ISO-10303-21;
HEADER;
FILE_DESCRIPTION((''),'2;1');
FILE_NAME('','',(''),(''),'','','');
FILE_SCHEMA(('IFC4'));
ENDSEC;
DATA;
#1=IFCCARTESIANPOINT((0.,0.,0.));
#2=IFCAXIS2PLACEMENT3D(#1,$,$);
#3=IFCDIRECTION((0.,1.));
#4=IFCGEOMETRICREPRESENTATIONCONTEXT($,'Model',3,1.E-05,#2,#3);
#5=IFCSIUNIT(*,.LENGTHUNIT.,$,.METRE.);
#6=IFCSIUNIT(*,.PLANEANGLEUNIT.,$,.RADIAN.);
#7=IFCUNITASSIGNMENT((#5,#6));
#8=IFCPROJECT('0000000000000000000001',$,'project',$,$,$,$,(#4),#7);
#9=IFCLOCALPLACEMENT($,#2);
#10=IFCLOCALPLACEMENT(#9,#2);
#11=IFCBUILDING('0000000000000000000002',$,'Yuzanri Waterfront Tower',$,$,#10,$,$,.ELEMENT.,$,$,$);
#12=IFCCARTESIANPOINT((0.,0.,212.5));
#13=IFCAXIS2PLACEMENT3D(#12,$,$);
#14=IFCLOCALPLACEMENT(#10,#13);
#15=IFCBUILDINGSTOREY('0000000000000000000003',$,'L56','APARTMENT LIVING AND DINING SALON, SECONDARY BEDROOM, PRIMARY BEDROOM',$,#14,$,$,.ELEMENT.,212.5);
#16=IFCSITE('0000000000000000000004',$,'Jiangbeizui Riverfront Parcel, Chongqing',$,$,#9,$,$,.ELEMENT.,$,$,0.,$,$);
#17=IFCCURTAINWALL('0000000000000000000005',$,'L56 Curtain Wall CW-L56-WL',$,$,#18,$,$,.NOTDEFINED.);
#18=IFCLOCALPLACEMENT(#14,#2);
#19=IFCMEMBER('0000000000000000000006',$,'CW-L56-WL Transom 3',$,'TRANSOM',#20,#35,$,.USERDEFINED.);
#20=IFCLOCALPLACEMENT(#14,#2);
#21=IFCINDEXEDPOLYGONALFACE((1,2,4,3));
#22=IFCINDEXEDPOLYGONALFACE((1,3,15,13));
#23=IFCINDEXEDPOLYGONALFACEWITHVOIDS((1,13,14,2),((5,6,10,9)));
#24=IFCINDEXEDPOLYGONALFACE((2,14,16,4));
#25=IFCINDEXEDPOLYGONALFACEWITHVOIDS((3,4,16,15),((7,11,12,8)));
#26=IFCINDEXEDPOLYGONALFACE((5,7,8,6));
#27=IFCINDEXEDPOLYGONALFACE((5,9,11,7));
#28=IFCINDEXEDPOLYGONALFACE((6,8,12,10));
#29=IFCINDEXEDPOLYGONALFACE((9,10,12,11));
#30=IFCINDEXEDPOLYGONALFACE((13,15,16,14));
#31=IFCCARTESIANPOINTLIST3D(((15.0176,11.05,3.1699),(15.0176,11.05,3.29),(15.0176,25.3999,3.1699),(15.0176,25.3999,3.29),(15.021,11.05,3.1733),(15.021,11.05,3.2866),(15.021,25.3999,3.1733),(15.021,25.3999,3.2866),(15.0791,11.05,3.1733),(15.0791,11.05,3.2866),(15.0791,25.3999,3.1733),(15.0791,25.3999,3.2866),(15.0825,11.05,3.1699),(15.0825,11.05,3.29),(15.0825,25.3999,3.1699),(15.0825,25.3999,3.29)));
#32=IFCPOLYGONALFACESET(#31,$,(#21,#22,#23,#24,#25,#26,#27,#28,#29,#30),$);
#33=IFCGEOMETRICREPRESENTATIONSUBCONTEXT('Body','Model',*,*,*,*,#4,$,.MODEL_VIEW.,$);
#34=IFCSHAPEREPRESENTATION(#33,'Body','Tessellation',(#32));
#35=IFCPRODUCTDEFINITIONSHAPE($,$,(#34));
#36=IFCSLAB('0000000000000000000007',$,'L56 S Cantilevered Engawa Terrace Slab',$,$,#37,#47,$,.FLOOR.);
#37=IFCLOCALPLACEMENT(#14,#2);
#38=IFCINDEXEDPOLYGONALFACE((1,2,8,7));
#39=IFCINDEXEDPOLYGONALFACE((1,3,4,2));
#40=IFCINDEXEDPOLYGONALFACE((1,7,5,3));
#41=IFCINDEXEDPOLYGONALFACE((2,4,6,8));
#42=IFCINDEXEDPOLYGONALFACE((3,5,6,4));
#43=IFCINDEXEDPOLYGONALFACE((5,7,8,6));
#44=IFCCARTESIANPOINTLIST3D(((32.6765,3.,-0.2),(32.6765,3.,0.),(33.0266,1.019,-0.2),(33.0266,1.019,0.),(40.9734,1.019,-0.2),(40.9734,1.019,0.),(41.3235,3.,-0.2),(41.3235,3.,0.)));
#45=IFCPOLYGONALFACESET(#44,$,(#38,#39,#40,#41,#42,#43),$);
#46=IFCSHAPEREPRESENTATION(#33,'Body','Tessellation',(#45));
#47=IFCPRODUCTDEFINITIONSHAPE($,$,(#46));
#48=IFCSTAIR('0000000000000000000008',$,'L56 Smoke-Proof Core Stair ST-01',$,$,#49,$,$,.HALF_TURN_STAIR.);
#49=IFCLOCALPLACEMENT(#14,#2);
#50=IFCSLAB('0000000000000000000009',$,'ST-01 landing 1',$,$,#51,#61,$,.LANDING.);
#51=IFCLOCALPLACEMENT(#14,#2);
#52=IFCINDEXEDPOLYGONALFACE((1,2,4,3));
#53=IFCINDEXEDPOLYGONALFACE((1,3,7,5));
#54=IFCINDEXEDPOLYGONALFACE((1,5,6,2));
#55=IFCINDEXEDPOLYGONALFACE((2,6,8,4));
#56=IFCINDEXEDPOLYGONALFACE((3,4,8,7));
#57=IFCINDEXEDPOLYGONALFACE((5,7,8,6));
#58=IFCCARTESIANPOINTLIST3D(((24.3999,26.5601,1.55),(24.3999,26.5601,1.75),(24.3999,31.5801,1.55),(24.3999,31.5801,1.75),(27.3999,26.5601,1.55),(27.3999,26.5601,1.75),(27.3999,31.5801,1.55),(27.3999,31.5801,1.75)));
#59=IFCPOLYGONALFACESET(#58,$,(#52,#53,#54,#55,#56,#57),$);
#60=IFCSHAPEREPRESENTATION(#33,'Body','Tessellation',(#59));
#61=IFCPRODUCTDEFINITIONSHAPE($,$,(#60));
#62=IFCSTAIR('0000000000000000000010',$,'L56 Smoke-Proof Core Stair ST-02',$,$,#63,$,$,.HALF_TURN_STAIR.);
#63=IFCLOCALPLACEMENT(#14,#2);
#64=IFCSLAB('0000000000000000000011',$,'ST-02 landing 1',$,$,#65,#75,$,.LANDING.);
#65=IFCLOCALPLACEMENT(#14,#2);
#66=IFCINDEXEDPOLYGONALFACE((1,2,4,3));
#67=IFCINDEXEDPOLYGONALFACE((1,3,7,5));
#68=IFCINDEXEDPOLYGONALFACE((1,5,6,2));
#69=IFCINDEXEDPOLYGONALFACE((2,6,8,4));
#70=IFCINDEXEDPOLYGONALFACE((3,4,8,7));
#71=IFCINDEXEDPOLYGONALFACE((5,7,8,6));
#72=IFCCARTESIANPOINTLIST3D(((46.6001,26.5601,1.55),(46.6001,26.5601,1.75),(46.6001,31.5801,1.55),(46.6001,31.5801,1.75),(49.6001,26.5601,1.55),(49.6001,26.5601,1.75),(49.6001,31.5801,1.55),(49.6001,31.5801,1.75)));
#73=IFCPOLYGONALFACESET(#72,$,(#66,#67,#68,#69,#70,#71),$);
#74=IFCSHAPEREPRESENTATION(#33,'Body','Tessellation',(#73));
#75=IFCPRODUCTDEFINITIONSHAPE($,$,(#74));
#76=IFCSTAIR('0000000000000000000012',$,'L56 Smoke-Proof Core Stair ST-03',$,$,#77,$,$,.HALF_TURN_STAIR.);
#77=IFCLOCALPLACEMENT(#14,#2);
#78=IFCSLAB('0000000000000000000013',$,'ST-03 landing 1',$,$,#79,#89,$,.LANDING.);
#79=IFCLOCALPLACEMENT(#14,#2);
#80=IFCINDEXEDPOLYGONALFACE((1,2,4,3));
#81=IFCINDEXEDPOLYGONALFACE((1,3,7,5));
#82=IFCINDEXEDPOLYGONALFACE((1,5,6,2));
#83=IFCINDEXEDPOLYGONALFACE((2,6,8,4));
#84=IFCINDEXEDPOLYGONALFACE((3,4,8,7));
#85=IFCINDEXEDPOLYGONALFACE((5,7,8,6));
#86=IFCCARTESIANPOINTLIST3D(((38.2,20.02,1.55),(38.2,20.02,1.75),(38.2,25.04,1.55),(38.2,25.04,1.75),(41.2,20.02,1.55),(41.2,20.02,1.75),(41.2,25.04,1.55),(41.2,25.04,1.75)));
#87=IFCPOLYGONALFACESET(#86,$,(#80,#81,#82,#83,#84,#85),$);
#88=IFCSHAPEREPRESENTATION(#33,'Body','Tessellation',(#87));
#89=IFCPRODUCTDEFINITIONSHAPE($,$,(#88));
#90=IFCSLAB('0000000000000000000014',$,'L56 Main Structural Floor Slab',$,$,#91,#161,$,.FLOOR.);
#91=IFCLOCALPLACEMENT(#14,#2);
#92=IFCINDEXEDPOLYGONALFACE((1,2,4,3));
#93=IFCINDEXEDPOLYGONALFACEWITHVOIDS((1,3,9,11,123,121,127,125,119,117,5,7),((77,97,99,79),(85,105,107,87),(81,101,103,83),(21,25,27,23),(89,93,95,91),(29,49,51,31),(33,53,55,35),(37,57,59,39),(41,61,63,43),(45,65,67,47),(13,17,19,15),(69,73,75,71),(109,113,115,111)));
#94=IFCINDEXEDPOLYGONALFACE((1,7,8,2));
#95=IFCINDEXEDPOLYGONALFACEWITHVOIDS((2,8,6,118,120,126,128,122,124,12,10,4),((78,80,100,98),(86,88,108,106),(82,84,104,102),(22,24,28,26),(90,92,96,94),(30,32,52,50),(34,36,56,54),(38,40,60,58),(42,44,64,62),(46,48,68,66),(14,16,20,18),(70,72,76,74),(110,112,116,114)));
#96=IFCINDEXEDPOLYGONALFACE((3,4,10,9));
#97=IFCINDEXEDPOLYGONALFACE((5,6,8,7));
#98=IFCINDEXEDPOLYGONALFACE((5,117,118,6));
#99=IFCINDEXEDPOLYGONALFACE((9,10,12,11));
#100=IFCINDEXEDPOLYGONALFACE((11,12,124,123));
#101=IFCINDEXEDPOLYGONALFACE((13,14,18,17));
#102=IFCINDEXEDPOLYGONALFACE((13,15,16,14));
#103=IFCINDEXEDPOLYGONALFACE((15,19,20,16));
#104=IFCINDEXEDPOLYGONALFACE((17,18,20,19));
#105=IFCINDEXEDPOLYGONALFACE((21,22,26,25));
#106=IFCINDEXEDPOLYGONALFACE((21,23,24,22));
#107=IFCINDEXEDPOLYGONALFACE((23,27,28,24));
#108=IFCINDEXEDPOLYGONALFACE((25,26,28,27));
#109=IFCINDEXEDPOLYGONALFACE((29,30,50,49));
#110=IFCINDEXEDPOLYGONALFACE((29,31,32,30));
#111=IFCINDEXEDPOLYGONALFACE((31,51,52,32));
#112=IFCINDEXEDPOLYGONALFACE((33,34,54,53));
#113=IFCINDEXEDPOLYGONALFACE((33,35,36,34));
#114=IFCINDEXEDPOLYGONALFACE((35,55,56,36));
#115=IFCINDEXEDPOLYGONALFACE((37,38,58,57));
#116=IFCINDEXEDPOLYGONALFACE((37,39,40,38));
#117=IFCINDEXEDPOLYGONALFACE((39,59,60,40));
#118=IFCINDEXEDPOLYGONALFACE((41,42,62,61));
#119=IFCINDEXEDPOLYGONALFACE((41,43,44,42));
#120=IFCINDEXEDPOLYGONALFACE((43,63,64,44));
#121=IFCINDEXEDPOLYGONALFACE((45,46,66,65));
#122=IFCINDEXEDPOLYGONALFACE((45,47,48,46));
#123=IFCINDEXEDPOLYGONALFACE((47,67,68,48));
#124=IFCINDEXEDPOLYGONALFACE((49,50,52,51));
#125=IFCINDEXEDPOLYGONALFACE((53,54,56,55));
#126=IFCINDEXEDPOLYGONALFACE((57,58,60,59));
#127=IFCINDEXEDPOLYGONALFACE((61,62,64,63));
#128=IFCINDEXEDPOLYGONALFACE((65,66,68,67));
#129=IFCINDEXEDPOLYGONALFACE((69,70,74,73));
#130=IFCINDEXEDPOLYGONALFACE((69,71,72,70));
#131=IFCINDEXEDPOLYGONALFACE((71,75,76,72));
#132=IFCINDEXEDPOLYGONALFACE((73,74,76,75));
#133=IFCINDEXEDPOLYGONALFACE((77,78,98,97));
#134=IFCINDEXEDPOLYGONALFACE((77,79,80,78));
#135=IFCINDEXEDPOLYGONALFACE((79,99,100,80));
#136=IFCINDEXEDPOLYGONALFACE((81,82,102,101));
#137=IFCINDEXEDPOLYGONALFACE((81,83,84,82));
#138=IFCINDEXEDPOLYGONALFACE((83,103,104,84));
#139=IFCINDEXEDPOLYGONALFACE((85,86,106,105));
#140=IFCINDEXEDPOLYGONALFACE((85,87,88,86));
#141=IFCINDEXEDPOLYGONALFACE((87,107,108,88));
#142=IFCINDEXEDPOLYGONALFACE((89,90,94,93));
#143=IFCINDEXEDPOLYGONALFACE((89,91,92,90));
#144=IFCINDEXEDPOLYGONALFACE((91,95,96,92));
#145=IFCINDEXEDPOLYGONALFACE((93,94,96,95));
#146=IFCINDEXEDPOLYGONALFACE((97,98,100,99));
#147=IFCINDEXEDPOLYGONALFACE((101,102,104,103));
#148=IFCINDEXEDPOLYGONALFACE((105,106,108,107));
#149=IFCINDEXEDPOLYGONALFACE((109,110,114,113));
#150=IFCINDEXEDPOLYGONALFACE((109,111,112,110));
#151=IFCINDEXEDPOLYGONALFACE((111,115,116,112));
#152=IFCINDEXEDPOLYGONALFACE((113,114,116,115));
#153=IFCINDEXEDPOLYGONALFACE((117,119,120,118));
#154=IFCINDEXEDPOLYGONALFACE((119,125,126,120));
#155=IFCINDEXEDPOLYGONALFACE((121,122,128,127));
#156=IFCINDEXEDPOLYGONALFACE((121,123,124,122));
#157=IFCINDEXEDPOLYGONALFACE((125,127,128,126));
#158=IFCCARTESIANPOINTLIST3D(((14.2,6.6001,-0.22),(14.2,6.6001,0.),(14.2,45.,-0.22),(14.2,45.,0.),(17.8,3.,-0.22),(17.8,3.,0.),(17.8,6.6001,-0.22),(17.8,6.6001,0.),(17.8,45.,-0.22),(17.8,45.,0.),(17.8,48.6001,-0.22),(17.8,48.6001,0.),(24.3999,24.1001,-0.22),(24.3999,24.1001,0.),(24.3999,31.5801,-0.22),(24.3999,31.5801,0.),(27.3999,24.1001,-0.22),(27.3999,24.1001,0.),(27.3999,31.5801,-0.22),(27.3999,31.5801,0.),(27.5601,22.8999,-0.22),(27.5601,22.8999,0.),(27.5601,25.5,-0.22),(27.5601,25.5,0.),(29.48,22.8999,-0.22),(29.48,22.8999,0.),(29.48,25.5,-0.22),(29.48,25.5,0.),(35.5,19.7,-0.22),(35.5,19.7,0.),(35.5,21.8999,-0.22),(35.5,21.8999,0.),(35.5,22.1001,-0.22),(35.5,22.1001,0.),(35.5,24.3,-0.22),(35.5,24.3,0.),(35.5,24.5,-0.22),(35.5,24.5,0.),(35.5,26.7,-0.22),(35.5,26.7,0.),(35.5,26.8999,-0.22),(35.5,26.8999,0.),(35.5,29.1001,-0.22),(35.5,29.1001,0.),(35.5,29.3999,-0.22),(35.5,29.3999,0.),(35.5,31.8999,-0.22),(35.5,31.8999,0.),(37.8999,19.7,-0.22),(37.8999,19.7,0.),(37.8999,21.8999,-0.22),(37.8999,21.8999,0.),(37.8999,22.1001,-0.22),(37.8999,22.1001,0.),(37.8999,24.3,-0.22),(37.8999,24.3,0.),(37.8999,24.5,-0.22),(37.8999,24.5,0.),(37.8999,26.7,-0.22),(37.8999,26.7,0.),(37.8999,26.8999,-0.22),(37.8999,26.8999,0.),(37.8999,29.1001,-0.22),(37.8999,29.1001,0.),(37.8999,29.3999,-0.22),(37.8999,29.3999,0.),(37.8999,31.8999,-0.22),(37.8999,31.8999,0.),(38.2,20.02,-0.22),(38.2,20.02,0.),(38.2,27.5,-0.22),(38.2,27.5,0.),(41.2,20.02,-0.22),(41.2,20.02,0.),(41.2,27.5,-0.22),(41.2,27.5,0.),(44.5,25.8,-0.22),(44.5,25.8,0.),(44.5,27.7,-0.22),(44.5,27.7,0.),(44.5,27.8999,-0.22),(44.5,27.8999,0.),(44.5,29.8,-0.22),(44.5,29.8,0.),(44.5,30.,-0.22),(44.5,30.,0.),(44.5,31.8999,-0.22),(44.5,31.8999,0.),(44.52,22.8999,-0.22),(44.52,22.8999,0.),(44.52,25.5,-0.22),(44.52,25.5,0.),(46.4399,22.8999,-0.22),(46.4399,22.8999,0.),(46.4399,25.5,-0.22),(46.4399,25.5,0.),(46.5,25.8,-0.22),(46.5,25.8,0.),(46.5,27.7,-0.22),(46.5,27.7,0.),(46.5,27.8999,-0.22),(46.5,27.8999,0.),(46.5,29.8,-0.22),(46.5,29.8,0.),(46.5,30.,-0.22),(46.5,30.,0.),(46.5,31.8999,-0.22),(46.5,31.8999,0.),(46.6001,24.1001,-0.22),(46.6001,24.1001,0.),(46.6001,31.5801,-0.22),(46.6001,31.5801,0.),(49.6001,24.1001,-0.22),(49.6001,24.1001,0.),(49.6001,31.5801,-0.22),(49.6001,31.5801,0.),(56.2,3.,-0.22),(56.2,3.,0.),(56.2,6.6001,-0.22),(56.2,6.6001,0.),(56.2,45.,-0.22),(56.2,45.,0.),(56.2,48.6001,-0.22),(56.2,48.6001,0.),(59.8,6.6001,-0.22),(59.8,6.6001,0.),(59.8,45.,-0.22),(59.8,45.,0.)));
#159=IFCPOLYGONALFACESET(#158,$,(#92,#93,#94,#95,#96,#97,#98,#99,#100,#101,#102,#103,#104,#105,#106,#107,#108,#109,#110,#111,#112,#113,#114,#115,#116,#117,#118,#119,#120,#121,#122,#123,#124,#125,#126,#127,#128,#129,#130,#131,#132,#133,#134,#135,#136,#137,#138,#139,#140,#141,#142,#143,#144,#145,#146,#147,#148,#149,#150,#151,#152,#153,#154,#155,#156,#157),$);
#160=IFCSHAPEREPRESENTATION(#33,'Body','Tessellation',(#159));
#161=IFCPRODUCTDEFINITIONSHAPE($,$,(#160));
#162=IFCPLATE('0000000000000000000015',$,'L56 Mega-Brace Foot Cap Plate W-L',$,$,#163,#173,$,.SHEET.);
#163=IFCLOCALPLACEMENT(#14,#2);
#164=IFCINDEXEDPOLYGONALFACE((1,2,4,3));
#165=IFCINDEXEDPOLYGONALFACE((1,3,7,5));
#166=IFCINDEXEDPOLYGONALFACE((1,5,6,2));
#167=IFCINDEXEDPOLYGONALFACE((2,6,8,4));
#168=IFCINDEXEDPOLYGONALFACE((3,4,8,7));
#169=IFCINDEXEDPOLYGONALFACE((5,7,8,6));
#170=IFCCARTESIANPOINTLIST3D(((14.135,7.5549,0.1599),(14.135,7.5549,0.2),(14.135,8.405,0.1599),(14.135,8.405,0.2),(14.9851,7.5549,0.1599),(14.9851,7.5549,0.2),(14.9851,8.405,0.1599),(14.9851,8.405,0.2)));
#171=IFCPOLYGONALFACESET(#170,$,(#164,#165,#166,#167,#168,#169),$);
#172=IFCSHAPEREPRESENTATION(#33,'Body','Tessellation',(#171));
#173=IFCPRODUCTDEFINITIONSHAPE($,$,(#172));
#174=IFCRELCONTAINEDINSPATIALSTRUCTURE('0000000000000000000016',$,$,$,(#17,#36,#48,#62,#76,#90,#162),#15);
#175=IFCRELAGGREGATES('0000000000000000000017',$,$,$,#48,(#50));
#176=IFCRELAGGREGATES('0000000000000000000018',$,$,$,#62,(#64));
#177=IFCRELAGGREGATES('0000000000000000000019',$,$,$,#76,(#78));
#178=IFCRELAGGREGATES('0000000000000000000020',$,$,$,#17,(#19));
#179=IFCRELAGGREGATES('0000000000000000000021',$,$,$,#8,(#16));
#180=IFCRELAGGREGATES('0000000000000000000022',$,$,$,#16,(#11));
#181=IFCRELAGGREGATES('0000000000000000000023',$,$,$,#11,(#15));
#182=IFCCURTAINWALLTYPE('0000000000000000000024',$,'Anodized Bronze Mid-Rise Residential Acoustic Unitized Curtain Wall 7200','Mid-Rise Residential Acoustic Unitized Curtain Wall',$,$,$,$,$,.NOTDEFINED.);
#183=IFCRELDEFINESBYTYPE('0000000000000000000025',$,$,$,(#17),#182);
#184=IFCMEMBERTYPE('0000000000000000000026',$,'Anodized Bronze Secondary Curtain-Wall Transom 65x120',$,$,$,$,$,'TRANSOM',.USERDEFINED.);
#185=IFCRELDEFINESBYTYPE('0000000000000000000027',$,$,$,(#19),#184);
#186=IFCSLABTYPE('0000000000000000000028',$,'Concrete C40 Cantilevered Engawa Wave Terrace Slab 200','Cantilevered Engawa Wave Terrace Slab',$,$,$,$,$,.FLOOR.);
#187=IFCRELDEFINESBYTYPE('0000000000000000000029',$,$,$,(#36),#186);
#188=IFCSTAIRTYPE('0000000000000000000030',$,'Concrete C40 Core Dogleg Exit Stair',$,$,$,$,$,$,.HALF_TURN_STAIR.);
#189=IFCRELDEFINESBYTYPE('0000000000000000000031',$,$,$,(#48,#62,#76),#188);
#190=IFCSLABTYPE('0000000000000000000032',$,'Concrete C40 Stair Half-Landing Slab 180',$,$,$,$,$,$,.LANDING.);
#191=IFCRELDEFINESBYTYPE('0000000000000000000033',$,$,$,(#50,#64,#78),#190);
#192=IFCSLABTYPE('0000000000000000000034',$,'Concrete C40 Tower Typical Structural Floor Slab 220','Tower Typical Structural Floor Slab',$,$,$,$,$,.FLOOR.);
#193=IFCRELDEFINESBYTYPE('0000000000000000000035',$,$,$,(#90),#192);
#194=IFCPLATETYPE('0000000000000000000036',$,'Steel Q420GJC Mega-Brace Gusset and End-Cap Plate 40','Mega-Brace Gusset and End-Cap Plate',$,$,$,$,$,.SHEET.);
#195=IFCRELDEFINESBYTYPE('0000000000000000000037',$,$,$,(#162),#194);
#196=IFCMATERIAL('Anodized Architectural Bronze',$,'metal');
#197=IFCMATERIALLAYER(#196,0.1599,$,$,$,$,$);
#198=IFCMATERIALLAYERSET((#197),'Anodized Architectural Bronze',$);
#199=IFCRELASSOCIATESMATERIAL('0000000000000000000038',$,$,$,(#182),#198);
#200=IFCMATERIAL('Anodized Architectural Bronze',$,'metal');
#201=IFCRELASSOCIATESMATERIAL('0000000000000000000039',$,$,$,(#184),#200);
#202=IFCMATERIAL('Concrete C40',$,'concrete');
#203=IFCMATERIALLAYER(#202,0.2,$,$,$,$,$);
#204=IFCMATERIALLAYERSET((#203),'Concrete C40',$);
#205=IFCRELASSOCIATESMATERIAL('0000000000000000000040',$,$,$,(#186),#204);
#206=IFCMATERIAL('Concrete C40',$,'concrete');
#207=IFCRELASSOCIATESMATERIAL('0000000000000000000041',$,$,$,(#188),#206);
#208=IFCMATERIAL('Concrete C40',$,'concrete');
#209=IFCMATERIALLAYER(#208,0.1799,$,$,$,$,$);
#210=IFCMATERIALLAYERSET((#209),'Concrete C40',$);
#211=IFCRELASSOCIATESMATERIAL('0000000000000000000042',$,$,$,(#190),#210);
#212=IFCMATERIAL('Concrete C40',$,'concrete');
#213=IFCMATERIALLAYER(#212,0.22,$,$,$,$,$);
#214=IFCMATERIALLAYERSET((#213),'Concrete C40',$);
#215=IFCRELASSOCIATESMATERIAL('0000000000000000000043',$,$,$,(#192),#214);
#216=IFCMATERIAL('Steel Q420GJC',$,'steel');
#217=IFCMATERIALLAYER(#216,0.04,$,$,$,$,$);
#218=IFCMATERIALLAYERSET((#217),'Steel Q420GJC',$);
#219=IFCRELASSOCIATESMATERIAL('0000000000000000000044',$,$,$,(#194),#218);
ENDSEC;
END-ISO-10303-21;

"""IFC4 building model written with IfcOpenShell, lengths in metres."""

from ifc_helpers import new_model, si_unit, direction, frame, origin, origin_2d, place, context, subcontext, project, spatial, polyline, rectangle, hollow_rectangle, outline, extrude, source, transform, mapped, material, layer, layer_set, material_profile, profile_set, type_object, element, aggregate, save


model = new_model("IFC4")

# Units and contexts
model_context = context("Model", 3, precision=1e-05, world=origin(), true_north=direction((0.0, 1.0)))
body_context = subcontext(model_context, "Body", "Model", "MODEL_VIEW")
ifc_project = project(units=[si_unit("LENGTHUNIT", "METRE"), si_unit("PLANEANGLEUNIT", "RADIAN")], contexts=[model_context])

# Site, building, storey
site_placement = place(None, origin())
site = spatial("IfcSite", under=ifc_project, at=site_placement, Name="Jiangbeizui Riverfront Parcel, Chongqing", CompositionType="ELEMENT", RefElevation=0.0)
building_placement = place(site_placement, origin())
building = spatial("IfcBuilding", under=site, at=building_placement, Name="Yuzanri Waterfront Tower", CompositionType="ELEMENT")
storey_placement = place(building_placement, frame((0.0, 0.0, 212.5)))
storey = spatial("IfcBuildingStorey", under=building, at=storey_placement, Name="L56", Description="APARTMENT LIVING AND DINING SALON, SECONDARY BEDROOM, PRIMARY BEDROOM", CompositionType="ELEMENT", Elevation=212.5)

# Curtain wall, member
ifc_material_1 = material(Name="Anodized Architectural Bronze", Category="metal")
ifc_layer_1 = layer(ifc_material_1, 0.1599)
ifc_layer_set_1 = layer_set([ifc_layer_1], Name="Anodized Architectural Bronze")
curtain_wall_type = type_object("IfcCurtainWallType", Name="Anodized Bronze Mid-Rise Residential Acoustic Unitized Curtain Wall 7200", Description="Mid-Rise Residential Acoustic Unitized Curtain Wall", PredefinedType="NOTDEFINED", material=ifc_layer_set_1)
curtain_wall_placement = place(storey_placement, origin())
curtain_wall = element("IfcCurtainWall", 1, at=curtain_wall_placement, inside=storey, type_object=curtain_wall_type, Name="L56 Curtain Wall CW-L56-WL", PredefinedType="NOTDEFINED")
ifc_material_2 = material(Name="Anodized Architectural Bronze", Category="metal")
ifc_material_profile_1 = material_profile(ifc_material_2, hollow_rectangle(XDim=0.0649, YDim=0.1201, WallThickness=0.0034, at=origin_2d()), Name="CWT 65x120")
ifc_profile_set_1 = profile_set([ifc_material_profile_1], Name="Anodized Architectural Bronze")
member_type_1 = type_object("IfcMemberType", Name="Anodized Bronze Secondary Curtain-Wall Transom 65x120", ElementType="TRANSOM", PredefinedType="USERDEFINED", material=ifc_profile_set_1)
shared_shape_1 = source(origin(), body_context, "Body", "SweptSolid", [
    extrude(hollow_rectangle(XDim=0.0649, YDim=0.1201, WallThickness=0.0034, at=origin_2d()), origin(), (0.0, 0.0, 1.0), 14.3499),
])
member_1_placement = place(storey_placement, frame((15.05, 11.05, 3.23), z_axis=(0.0, 1.0, 0.0), x_axis=(-1.0, 0.0, 0.0)))
member_1 = element("IfcMember", 2, at=member_1_placement, type_object=member_type_1, Name="CW-L56-WL Transom 3", ObjectType="TRANSOM", PredefinedType="USERDEFINED", context=body_context, shape_type="MappedRepresentation", body=[
    mapped(shared_shape_1, transform((0.0, 0.0, 0.0), scale=1.0)),
])

# Slab
ifc_material_3 = material(Name="Concrete C40", Category="concrete")
ifc_layer_2 = layer(ifc_material_3, 0.2)
ifc_layer_set_2 = layer_set([ifc_layer_2], Name="Concrete C40")
slab_type_1 = type_object("IfcSlabType", Name="Concrete C40 Cantilevered Engawa Wave Terrace Slab 200", Description="Cantilevered Engawa Wave Terrace Slab", PredefinedType="FLOOR", material=ifc_layer_set_2)
slab_1_placement = place(storey_placement, frame((0.0, 0.0, -0.2)))
element("IfcSlab", 3, at=slab_1_placement, inside=storey, type_object=slab_type_1, Name="L56 S Cantilevered Engawa Terrace Slab", PredefinedType="FLOOR", context=body_context, shape_type="SweptSolid", body=[
    extrude(outline(polyline([(32.6765, 3.0), (41.3235, 3.0), (40.9734, 1.019), (33.0266, 1.019), (32.6765, 3.0)])), origin(), (0.0, 0.0, 1.0), 0.2),
])

# Stairs, slabs
ifc_material_4 = material(Name="Concrete C40", Category="concrete")
stair_type = type_object("IfcStairType", Name="Concrete C40 Core Dogleg Exit Stair", PredefinedType="HALF_TURN_STAIR", material=ifc_material_4)
stair_1_placement = place(storey_placement, origin())
stair_1 = element("IfcStair", 4, at=stair_1_placement, inside=storey, type_object=stair_type, Name="L56 Smoke-Proof Core Stair ST-01", PredefinedType="HALF_TURN_STAIR")
ifc_material_5 = material(Name="Concrete C40", Category="concrete")
ifc_layer_3 = layer(ifc_material_5, 0.1799)
ifc_layer_set_3 = layer_set([ifc_layer_3], Name="Concrete C40")
slab_type_2 = type_object("IfcSlabType", Name="Concrete C40 Stair Half-Landing Slab 180", PredefinedType="LANDING", material=ifc_layer_set_3)
slab_2_placement = place(storey_placement, frame((0.0, 0.0, 1.55)))
slab_2 = element("IfcSlab", 5, at=slab_2_placement, type_object=slab_type_2, Name="ST-01 landing 1", PredefinedType="LANDING", context=body_context, shape_type="SweptSolid", body=[
    extrude(outline(polyline([(27.3999, 26.5601), (27.3999, 31.5801), (24.3999, 31.5801), (24.3999, 26.5601), (27.3999, 26.5601)])), origin(), (0.0, 0.0, 1.0), 0.2),
])
aggregate(stair_1, [slab_2])
stair_2_placement = place(storey_placement, origin())
stair_2 = element("IfcStair", 6, at=stair_2_placement, inside=storey, type_object=stair_type, Name="L56 Smoke-Proof Core Stair ST-02", PredefinedType="HALF_TURN_STAIR")
slab_3_placement = place(storey_placement, frame((0.0, 0.0, 1.55)))
slab_3 = element("IfcSlab", 7, at=slab_3_placement, type_object=slab_type_2, Name="ST-02 landing 1", PredefinedType="LANDING", context=body_context, shape_type="SweptSolid", body=[
    extrude(outline(polyline([(49.6001, 26.5601), (49.6001, 31.5801), (46.6001, 31.5801), (46.6001, 26.5601), (49.6001, 26.5601)])), origin(), (0.0, 0.0, 1.0), 0.2),
])
aggregate(stair_2, [slab_3])
stair_3_placement = place(storey_placement, origin())
stair_3 = element("IfcStair", 8, at=stair_3_placement, inside=storey, type_object=stair_type, Name="L56 Smoke-Proof Core Stair ST-03", PredefinedType="HALF_TURN_STAIR")
slab_4_placement = place(storey_placement, frame((0.0, 0.0, 1.55)))
slab_4 = element("IfcSlab", 9, at=slab_4_placement, type_object=slab_type_2, Name="ST-03 landing 1", PredefinedType="LANDING", context=body_context, shape_type="SweptSolid", body=[
    extrude(outline(polyline([(38.2, 25.04), (38.2, 20.02), (41.2, 20.02), (41.2, 25.04), (38.2, 25.04)])), origin(), (0.0, 0.0, 1.0), 0.2),
])
aggregate(stair_3, [slab_4])

# Slab
ifc_material_6 = material(Name="Concrete C40", Category="concrete")
ifc_layer_4 = layer(ifc_material_6, 0.22)
ifc_layer_set_4 = layer_set([ifc_layer_4], Name="Concrete C40")
slab_type_3 = type_object("IfcSlabType", Name="Concrete C40 Tower Typical Structural Floor Slab 220", Description="Tower Typical Structural Floor Slab", PredefinedType="FLOOR", material=ifc_layer_set_4)
slab_5_placement = place(storey_placement, frame((0.0, 0.0, -0.22)))
element("IfcSlab", 10, at=slab_5_placement, inside=storey, type_object=slab_type_3, Name="L56 Main Structural Floor Slab", PredefinedType="FLOOR", context=body_context, shape_type="SweptSolid", body=[
    extrude(outline(polyline([(17.8, 3.0), (56.2, 3.0), (56.2, 6.6001), (59.8, 6.6001), (59.8, 45.0), (56.2, 45.0), (56.2, 48.6001), (17.8, 48.6001), (17.8, 45.0), (14.2, 45.0), (14.2, 6.6001), (17.8, 6.6001), (17.8, 3.0)]), holes=[polyline([(27.3999, 24.1001), (27.3999, 31.5801), (24.3999, 31.5801), (24.3999, 24.1001), (27.3999, 24.1001)]), polyline([(49.6001, 24.1001), (49.6001, 31.5801), (46.6001, 31.5801), (46.6001, 24.1001), (49.6001, 24.1001)]), polyline([(38.2, 27.5), (38.2, 20.02), (41.2, 20.02), (41.2, 27.5), (38.2, 27.5)]), polyline([(27.5601, 22.8999), (29.48, 22.8999), (29.48, 25.5), (27.5601, 25.5), (27.5601, 22.8999)]), polyline([(44.52, 22.8999), (46.4399, 22.8999), (46.4399, 25.5), (44.52, 25.5), (44.52, 22.8999)]), polyline([(35.5, 19.7), (37.8999, 19.7), (37.8999, 21.8999), (35.5, 21.8999), (35.5, 19.7)]), polyline([(35.5, 22.1001), (37.8999, 22.1001), (37.8999, 24.3), (35.5, 24.3), (35.5, 22.1001)]), polyline([(35.5, 24.5), (37.8999, 24.5), (37.8999, 26.7), (35.5, 26.7), (35.5, 24.5)]), polyline([(35.5, 26.8999), (37.8999, 26.8999), (37.8999, 29.1001), (35.5, 29.1001), (35.5, 26.8999)]), polyline([(35.5, 29.3999), (37.8999, 29.3999), (37.8999, 31.8999), (35.5, 31.8999), (35.5, 29.3999)]), polyline([(44.5, 25.8), (46.5, 25.8), (46.5, 27.7), (44.5, 27.7), (44.5, 25.8)]), polyline([(44.5, 27.8999), (46.5, 27.8999), (46.5, 29.8), (44.5, 29.8), (44.5, 27.8999)]), polyline([(44.5, 30.0), (46.5, 30.0), (46.5, 31.8999), (44.5, 31.8999), (44.5, 30.0)])]), origin(), (0.0, 0.0, 1.0), 0.22),
])

# Plate
ifc_material_7 = material(Name="Steel Q420GJC", Category="steel")
ifc_layer_5 = layer(ifc_material_7, 0.04)
ifc_layer_set_5 = layer_set([ifc_layer_5], Name="Steel Q420GJC")
plate_type_1 = type_object("IfcPlateType", Name="Steel Q420GJC Mega-Brace Gusset and End-Cap Plate 40", Description="Mega-Brace Gusset and End-Cap Plate", PredefinedType="SHEET", material=ifc_layer_set_5)
shared_shape_2 = source(origin(), body_context, "Body", "SweptSolid", [
    extrude(rectangle(XDim=0.8501, YDim=0.8501, at=origin_2d()), origin(), (0.0, 0.0, 1.0), 0.04),
])
plate_1_placement = place(storey_placement, frame((14.5601, 7.98, 0.1599), z_axis=(0.0, 0.0, 1.0), x_axis=(1.0, 0.0, 0.0)))
element("IfcPlate", 11, at=plate_1_placement, inside=storey, type_object=plate_type_1, Name="L56 Mega-Brace Foot Cap Plate W-L", PredefinedType="SHEET", context=body_context, shape_type="MappedRepresentation", body=[
    mapped(shared_shape_2, transform((0.0, 0.0, 0.0), scale=1.0)),
])
aggregate(curtain_wall, [member_1])

save(model, "model.ifc")
